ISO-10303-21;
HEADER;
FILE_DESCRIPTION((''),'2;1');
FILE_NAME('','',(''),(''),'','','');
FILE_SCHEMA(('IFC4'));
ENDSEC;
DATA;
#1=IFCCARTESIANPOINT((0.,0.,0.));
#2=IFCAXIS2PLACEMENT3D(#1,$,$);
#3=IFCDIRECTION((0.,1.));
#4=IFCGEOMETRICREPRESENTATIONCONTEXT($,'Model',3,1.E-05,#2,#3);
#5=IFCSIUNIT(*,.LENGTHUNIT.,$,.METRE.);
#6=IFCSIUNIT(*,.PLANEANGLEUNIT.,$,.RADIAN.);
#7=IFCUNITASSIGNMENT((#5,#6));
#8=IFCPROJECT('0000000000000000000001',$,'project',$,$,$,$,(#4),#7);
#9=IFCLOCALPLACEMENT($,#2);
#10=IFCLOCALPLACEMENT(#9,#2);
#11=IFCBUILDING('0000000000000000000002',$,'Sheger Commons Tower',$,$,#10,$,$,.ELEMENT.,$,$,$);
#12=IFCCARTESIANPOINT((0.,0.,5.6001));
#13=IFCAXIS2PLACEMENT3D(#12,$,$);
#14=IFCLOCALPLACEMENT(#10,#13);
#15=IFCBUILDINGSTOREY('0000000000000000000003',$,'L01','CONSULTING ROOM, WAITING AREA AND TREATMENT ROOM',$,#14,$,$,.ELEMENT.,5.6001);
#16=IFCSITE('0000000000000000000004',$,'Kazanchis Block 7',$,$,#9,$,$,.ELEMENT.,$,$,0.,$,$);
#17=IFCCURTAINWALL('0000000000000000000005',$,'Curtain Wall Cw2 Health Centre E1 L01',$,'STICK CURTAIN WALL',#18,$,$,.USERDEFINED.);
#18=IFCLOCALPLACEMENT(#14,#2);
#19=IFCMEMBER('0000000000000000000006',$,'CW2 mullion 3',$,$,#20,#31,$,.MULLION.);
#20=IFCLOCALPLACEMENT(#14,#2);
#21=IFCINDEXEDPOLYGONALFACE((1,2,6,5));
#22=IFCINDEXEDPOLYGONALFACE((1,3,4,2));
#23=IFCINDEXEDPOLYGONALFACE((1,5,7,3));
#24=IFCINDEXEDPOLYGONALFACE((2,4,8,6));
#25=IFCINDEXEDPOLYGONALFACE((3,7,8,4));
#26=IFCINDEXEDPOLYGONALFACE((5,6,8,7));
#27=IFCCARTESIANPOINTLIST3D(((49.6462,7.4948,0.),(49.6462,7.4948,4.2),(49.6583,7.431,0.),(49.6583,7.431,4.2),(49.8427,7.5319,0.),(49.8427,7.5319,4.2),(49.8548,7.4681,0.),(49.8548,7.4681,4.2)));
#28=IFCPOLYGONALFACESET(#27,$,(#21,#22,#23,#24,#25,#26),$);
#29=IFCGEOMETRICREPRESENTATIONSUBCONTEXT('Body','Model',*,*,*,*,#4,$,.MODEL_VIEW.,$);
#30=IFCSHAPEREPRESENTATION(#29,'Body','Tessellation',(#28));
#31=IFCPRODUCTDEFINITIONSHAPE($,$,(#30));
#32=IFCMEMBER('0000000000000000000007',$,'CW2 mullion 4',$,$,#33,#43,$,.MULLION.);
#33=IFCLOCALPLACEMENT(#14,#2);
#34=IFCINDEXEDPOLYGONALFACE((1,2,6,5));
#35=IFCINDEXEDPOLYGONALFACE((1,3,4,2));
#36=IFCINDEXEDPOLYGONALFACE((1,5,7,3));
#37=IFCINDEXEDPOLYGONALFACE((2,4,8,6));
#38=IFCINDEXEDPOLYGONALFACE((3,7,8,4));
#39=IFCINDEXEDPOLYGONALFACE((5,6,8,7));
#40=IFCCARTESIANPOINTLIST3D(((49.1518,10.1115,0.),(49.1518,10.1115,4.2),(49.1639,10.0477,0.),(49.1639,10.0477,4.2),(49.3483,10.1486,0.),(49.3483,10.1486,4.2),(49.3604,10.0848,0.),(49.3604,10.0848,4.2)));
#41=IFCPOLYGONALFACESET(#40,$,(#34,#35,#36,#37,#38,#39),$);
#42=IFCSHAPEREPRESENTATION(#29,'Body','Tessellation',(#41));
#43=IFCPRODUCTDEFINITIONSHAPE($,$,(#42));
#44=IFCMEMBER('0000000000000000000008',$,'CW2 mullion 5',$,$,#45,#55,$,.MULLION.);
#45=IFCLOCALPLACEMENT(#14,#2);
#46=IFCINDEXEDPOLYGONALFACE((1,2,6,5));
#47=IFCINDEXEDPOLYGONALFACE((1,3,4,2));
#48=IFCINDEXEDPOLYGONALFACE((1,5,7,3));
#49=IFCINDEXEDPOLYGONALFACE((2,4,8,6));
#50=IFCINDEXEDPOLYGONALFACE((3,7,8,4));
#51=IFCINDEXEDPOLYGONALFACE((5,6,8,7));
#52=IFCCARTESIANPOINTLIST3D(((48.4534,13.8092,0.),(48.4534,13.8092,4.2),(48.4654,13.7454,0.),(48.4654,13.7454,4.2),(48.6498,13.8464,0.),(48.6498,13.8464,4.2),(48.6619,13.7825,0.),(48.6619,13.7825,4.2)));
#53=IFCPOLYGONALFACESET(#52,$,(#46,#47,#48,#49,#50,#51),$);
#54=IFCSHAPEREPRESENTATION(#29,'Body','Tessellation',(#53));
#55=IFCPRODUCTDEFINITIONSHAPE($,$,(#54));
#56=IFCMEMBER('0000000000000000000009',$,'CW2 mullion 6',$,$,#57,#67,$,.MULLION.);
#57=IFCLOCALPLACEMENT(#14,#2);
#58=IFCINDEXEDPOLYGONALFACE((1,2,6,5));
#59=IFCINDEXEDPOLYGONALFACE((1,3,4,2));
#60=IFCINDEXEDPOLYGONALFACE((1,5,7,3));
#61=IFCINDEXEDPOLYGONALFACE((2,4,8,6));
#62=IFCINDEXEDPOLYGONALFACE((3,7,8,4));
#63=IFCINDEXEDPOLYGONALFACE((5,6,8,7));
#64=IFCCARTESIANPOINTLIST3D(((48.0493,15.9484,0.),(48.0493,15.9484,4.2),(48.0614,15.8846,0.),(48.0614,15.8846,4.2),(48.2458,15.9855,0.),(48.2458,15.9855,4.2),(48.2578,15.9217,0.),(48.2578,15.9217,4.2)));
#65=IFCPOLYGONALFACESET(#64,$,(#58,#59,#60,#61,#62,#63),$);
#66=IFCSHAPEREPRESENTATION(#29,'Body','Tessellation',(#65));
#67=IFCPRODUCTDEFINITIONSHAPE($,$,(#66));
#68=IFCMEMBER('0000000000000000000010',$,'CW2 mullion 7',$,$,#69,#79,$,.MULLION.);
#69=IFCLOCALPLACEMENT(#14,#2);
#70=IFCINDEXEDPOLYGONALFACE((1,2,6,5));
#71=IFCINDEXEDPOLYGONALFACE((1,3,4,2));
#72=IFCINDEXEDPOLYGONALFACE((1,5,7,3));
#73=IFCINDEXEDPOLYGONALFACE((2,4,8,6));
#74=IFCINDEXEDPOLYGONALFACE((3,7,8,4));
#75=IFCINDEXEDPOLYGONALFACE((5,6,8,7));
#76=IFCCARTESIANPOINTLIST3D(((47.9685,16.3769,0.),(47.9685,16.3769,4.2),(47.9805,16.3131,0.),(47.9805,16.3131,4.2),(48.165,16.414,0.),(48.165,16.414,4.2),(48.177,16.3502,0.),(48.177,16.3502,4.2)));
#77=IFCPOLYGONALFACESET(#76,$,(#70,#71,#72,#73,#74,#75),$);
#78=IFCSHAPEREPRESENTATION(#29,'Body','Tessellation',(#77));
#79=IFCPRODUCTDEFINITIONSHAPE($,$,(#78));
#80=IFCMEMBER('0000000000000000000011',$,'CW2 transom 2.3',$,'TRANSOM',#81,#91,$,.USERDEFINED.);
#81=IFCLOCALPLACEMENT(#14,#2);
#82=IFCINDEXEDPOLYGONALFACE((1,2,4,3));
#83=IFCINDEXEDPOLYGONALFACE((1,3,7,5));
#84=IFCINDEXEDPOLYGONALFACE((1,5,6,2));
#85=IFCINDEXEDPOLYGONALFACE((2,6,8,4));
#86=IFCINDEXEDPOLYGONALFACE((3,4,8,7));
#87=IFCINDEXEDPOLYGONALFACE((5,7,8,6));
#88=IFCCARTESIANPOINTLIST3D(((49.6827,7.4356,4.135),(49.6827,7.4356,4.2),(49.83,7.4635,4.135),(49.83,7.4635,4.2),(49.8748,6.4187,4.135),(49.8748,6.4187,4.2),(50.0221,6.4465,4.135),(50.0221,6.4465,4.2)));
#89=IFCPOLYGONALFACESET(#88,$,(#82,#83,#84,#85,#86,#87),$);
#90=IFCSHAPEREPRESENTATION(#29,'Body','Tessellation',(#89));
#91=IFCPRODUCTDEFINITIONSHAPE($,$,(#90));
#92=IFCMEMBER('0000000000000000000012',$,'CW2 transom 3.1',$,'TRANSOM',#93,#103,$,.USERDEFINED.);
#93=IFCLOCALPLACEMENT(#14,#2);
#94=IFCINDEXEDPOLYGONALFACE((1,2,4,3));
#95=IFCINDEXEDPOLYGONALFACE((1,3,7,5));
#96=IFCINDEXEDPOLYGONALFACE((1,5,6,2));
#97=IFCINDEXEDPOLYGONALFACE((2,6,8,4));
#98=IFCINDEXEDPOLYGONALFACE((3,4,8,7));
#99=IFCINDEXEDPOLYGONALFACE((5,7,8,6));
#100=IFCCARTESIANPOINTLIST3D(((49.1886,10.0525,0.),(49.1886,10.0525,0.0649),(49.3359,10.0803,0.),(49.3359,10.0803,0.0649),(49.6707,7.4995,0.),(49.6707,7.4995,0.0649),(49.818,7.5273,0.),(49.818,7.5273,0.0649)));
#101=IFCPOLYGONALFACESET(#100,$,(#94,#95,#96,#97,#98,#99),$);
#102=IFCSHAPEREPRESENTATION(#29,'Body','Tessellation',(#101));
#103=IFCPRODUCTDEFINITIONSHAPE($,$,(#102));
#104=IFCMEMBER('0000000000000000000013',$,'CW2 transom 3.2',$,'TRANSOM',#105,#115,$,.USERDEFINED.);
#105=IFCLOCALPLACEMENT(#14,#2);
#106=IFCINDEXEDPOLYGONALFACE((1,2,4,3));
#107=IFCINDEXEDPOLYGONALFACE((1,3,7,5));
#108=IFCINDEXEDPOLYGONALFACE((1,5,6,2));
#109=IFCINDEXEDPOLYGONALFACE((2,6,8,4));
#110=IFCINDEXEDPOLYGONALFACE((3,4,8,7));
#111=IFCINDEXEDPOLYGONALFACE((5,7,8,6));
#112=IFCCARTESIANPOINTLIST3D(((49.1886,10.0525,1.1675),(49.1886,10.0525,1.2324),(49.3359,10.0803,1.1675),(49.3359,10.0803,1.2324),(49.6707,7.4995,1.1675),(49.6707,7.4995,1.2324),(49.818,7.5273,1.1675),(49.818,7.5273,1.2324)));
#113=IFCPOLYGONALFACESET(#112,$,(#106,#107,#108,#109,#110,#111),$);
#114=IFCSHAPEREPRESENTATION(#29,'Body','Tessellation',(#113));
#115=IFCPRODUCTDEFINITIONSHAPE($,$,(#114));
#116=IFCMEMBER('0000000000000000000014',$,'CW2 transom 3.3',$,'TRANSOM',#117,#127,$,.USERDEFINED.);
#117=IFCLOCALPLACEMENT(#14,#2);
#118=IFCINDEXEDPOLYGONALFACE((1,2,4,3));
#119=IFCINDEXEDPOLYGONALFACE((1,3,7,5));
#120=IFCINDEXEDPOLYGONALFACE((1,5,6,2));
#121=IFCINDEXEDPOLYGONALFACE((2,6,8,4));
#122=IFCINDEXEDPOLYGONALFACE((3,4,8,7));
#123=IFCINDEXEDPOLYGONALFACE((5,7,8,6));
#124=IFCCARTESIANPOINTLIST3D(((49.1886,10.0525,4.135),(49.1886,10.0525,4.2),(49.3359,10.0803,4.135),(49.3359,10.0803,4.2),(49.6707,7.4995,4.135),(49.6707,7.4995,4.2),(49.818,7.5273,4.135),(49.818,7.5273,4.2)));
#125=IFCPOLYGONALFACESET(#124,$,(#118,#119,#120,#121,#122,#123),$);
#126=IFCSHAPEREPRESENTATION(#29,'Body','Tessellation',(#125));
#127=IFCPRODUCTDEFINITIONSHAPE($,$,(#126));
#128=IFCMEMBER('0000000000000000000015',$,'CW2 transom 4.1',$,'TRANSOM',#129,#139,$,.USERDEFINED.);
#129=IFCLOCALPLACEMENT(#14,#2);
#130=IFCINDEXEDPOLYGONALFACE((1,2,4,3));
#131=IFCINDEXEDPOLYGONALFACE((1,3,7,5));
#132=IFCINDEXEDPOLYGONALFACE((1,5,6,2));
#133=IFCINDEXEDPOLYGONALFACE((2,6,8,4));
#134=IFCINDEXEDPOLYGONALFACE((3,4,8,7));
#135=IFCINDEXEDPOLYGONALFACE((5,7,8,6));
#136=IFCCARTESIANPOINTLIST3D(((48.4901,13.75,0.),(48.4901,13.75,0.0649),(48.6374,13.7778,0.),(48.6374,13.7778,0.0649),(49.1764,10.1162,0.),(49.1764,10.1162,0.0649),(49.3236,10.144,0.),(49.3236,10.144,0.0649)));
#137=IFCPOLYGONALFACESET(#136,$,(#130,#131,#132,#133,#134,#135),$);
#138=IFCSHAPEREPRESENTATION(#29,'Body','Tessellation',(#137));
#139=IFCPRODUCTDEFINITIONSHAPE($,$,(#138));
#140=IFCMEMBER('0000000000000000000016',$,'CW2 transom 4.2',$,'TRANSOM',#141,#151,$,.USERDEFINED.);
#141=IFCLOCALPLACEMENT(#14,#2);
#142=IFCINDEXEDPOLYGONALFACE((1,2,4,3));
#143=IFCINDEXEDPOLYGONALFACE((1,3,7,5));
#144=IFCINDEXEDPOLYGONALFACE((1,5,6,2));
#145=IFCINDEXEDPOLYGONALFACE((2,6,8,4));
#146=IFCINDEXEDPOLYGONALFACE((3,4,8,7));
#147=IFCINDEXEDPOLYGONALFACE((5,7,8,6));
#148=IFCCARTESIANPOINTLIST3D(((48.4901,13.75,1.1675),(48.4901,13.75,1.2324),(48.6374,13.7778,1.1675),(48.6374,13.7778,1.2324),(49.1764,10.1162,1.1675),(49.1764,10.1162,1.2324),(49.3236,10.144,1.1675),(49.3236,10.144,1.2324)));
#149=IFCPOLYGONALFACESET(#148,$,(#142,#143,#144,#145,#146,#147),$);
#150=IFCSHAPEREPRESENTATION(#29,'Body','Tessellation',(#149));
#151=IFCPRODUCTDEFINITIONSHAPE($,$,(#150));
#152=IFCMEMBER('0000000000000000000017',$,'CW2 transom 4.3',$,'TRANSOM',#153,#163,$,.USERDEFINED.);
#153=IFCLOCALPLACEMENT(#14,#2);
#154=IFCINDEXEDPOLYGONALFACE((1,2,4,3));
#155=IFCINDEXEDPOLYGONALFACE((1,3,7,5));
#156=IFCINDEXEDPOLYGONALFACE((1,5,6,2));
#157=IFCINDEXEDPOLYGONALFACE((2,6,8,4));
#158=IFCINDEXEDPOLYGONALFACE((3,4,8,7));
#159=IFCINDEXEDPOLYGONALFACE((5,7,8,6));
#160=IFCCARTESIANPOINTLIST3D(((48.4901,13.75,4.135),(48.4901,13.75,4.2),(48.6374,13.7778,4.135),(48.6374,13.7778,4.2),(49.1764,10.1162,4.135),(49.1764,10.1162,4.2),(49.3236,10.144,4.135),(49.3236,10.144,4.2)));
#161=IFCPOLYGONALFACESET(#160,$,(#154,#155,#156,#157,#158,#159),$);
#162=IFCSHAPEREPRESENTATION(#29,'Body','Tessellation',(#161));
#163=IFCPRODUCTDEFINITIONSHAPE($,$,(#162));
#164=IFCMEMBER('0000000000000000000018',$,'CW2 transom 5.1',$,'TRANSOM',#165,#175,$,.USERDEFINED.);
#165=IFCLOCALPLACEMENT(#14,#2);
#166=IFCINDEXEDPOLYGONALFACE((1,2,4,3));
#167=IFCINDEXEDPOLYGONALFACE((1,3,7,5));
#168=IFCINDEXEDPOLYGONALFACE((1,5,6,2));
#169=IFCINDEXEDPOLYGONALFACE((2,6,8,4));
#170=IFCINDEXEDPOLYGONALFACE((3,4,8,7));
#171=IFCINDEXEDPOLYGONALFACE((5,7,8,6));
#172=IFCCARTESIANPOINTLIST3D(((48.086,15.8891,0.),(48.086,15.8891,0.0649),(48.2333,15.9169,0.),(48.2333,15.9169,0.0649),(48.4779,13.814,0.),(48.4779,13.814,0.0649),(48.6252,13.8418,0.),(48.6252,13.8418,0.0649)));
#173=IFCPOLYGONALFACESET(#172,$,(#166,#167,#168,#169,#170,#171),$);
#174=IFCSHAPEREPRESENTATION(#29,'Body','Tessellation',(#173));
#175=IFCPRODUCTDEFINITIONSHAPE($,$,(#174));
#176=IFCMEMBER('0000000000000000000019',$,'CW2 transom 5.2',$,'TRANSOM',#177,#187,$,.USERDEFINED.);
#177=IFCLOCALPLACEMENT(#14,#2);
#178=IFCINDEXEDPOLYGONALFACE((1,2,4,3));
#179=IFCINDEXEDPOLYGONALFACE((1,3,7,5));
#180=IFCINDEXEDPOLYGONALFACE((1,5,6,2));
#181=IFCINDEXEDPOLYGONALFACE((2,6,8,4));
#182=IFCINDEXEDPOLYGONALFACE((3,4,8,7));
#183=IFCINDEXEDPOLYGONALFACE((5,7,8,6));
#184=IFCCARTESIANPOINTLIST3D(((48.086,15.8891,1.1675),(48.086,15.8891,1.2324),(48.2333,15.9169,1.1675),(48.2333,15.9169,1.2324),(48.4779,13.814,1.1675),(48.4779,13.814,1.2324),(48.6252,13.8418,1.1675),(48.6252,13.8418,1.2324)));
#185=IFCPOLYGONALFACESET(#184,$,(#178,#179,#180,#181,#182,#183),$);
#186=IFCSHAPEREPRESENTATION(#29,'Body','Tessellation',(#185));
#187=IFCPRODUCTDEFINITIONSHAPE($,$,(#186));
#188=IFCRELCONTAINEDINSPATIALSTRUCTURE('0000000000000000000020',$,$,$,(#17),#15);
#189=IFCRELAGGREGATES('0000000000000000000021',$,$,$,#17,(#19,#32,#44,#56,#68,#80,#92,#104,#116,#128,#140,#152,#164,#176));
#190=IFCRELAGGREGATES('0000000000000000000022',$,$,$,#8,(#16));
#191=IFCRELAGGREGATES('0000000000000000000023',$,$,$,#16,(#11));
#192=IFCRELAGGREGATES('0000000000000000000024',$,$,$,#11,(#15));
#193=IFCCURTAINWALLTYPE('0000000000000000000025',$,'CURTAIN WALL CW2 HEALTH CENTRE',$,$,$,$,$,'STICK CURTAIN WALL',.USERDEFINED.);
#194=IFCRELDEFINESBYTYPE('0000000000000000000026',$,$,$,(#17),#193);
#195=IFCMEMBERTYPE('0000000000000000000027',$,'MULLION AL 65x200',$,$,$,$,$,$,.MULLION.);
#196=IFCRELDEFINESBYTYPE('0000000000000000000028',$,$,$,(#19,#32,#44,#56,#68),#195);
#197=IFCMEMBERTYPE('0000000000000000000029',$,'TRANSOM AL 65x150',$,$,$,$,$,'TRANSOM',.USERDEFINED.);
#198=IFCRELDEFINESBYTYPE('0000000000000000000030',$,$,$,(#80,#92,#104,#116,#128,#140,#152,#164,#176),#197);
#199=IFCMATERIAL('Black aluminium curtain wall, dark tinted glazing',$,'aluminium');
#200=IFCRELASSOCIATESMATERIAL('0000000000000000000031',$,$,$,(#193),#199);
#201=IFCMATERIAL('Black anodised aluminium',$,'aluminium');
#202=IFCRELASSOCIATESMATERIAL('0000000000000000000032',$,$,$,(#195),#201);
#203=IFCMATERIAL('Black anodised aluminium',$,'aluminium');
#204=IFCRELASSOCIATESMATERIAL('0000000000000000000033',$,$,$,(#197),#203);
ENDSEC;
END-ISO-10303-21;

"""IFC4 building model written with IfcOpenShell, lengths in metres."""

from ifc_helpers import new_model, si_unit, direction, frame, origin, origin_2d, place, context, subcontext, project, spatial, rectangle, extrude, material, material_profile, profile_set, type_object, element, aggregate, save


model = new_model("IFC4")

# Units and contexts
model_context = context("Model", 3, precision=1e-05, world=origin(), true_north=direction((0.0, 1.0)))
body_context = subcontext(model_context, "Body", "Model", "MODEL_VIEW")
ifc_project = project(units=[si_unit("LENGTHUNIT", "METRE"), si_unit("PLANEANGLEUNIT", "RADIAN")], contexts=[model_context])

# Site, building, storey
site_placement = place(None, origin())
site = spatial("IfcSite", under=ifc_project, at=site_placement, Name="Kazanchis Block 7", CompositionType="ELEMENT", RefElevation=0.0)
building_placement = place(site_placement, origin())
building = spatial("IfcBuilding", under=site, at=building_placement, Name="Sheger Commons Tower", CompositionType="ELEMENT")
storey_placement = place(building_placement, frame((0.0, 0.0, 5.6001)))
storey = spatial("IfcBuildingStorey", under=building, at=storey_placement, Name="L01", Description="CONSULTING ROOM, WAITING AREA AND TREATMENT ROOM", CompositionType="ELEMENT", Elevation=5.6001)

# Curtain wall, members
ifc_material_1 = material(Name="Black aluminium curtain wall, dark tinted glazing", Category="aluminium")
curtain_wall_type = type_object("IfcCurtainWallType", Name="CURTAIN WALL CW2 HEALTH CENTRE", ElementType="STICK CURTAIN WALL", PredefinedType="USERDEFINED", material=ifc_material_1)
curtain_wall_placement = place(storey_placement, origin())
curtain_wall = element("IfcCurtainWall", 1, at=curtain_wall_placement, inside=storey, type_object=curtain_wall_type, Name="Curtain Wall Cw2 Health Centre E1 L01", ObjectType="STICK CURTAIN WALL", PredefinedType="USERDEFINED")
ifc_material_2 = material(Name="Black anodised aluminium", Category="aluminium")
ifc_material_profile_1 = material_profile(ifc_material_2, rectangle(XDim=0.2, YDim=0.0649, at=origin_2d()), Name="AL 65x200")
ifc_profile_set_1 = profile_set([ifc_material_profile_1], Name="Black anodised aluminium")
member_type_1 = type_object("IfcMemberType", Name="MULLION AL 65x200", PredefinedType="MULLION", material=ifc_profile_set_1)
member_1_placement = place(storey_placement, frame((49.7505, 7.4814, 0.0), z_axis=(0.0, 0.0, 1.0), x_axis=(-0.982624, -0.18561, 0.0)))
member_1 = element("IfcMember", 2, at=member_1_placement, type_object=member_type_1, Name="CW2 mullion 3", PredefinedType="MULLION", context=body_context, shape_type="SweptSolid", body=[
    extrude(rectangle(XDim=0.2, YDim=0.0649, at=origin_2d()), origin(), (0.0, 0.0, 1.0), 4.2),
])
member_2_placement = place(storey_placement, frame((49.2561, 10.0981, 0.0), z_axis=(0.0, 0.0, 1.0), x_axis=(-0.982624, -0.18561, 0.0)))
member_2 = element("IfcMember", 3, at=member_2_placement, type_object=member_type_1, Name="CW2 mullion 4", PredefinedType="MULLION", context=body_context, shape_type="SweptSolid", body=[
    extrude(rectangle(XDim=0.2, YDim=0.0649, at=origin_2d()), origin(), (0.0, 0.0, 1.0), 4.2),
])
member_3_placement = place(storey_placement, frame((48.5576, 13.7959, 0.0), z_axis=(0.0, 0.0, 1.0), x_axis=(-0.982624, -0.18561, 0.0)))
member_3 = element("IfcMember", 4, at=member_3_placement, type_object=member_type_1, Name="CW2 mullion 5", PredefinedType="MULLION", context=body_context, shape_type="SweptSolid", body=[
    extrude(rectangle(XDim=0.2, YDim=0.0649, at=origin_2d()), origin(), (0.0, 0.0, 1.0), 4.2),
])
member_4_placement = place(storey_placement, frame((48.1536, 15.9351, 0.0), z_axis=(0.0, 0.0, 1.0), x_axis=(-0.982624, -0.18561, 0.0)))
member_4 = element("IfcMember", 5, at=member_4_placement, type_object=member_type_1, Name="CW2 mullion 6", PredefinedType="MULLION", context=body_context, shape_type="SweptSolid", body=[
    extrude(rectangle(XDim=0.2, YDim=0.0649, at=origin_2d()), origin(), (0.0, 0.0, 1.0), 4.2),
])
member_5_placement = place(storey_placement, frame((48.0728, 16.3635, 0.0), z_axis=(0.0, 0.0, 1.0), x_axis=(-0.982624, -0.18561, 0.0)))
member_5 = element("IfcMember", 6, at=member_5_placement, type_object=member_type_1, Name="CW2 mullion 7", PredefinedType="MULLION", context=body_context, shape_type="SweptSolid", body=[
    extrude(rectangle(XDim=0.2, YDim=0.0649, at=origin_2d()), origin(), (0.0, 0.0, 1.0), 4.2),
])
ifc_material_3 = material(Name="Black anodised aluminium", Category="aluminium")
ifc_material_profile_2 = material_profile(ifc_material_3, rectangle(XDim=0.1499, YDim=0.0649, at=origin_2d()), Name="AL 65x150")
ifc_profile_set_2 = profile_set([ifc_material_profile_2], Name="Black anodised aluminium")
member_type_2 = type_object("IfcMemberType", Name="TRANSOM AL 65x150", ElementType="TRANSOM", PredefinedType="USERDEFINED", material=ifc_profile_set_2)
member_6_placement = place(storey_placement, frame((49.9485, 6.4326, 4.1675), z_axis=(-0.18567, 0.982612, 0.0), x_axis=(-0.982612, -0.18567, 0.0)))
member_6 = element("IfcMember", 7, at=member_6_placement, type_object=member_type_2, Name="CW2 transom 2.3", ObjectType="TRANSOM", PredefinedType="USERDEFINED", context=body_context, shape_type="SweptSolid", body=[
    extrude(rectangle(XDim=0.1499, YDim=0.0649, at=origin_2d()), origin(), (0.0, 0.0, 1.0), 1.0349),
])
member_7_placement = place(storey_placement, frame((49.7444, 7.5134, 0.0325), z_axis=(-0.185588, 0.982628, 0.0), x_axis=(-0.982628, -0.185588, 0.0)))
member_7 = element("IfcMember", 8, at=member_7_placement, type_object=member_type_2, Name="CW2 transom 3.1", ObjectType="TRANSOM", PredefinedType="USERDEFINED", context=body_context, shape_type="SweptSolid", body=[
    extrude(rectangle(XDim=0.1499, YDim=0.0649, at=origin_2d()), origin(), (0.0, 0.0, 1.0), 2.5981),
])
member_8_placement = place(storey_placement, frame((49.7444, 7.5134, 1.2), z_axis=(-0.185588, 0.982628, 0.0), x_axis=(-0.982628, -0.185588, 0.0)))
member_8 = element("IfcMember", 9, at=member_8_placement, type_object=member_type_2, Name="CW2 transom 3.2", ObjectType="TRANSOM", PredefinedType="USERDEFINED", context=body_context, shape_type="SweptSolid", body=[
    extrude(rectangle(XDim=0.1499, YDim=0.0649, at=origin_2d()), origin(), (0.0, 0.0, 1.0), 2.5981),
])
member_9_placement = place(storey_placement, frame((49.7444, 7.5134, 4.1675), z_axis=(-0.185588, 0.982628, 0.0), x_axis=(-0.982628, -0.185588, 0.0)))
member_9 = element("IfcMember", 10, at=member_9_placement, type_object=member_type_2, Name="CW2 transom 3.3", ObjectType="TRANSOM", PredefinedType="USERDEFINED", context=body_context, shape_type="SweptSolid", body=[
    extrude(rectangle(XDim=0.1499, YDim=0.0649, at=origin_2d()), origin(), (0.0, 0.0, 1.0), 2.5981),
])
member_10_placement = place(storey_placement, frame((49.25, 10.1301, 0.0325), z_axis=(-0.18558, 0.982629, 0.0), x_axis=(-0.982629, -0.18558, 0.0)))
member_10 = element("IfcMember", 11, at=member_10_placement, type_object=member_type_2, Name="CW2 transom 4.1", ObjectType="TRANSOM", PredefinedType="USERDEFINED", context=body_context, shape_type="SweptSolid", body=[
    extrude(rectangle(XDim=0.1499, YDim=0.0649, at=origin_2d()), origin(), (0.0, 0.0, 1.0), 3.698),
])
member_11_placement = place(storey_placement, frame((49.25, 10.1301, 1.2), z_axis=(-0.18558, 0.982629, 0.0), x_axis=(-0.982629, -0.18558, 0.0)))
member_11 = element("IfcMember", 12, at=member_11_placement, type_object=member_type_2, Name="CW2 transom 4.2", ObjectType="TRANSOM", PredefinedType="USERDEFINED", context=body_context, shape_type="SweptSolid", body=[
    extrude(rectangle(XDim=0.1499, YDim=0.0649, at=origin_2d()), origin(), (0.0, 0.0, 1.0), 3.698),
])
member_12_placement = place(storey_placement, frame((49.25, 10.1301, 4.1675), z_axis=(-0.18558, 0.982629, 0.0), x_axis=(-0.982629, -0.18558, 0.0)))
member_12 = element("IfcMember", 13, at=member_12_placement, type_object=member_type_2, Name="CW2 transom 4.3", ObjectType="TRANSOM", PredefinedType="USERDEFINED", context=body_context, shape_type="SweptSolid", body=[
    extrude(rectangle(XDim=0.1499, YDim=0.0649, at=origin_2d()), origin(), (0.0, 0.0, 1.0), 3.698),
])
member_13_placement = place(storey_placement, frame((48.5515, 13.8279, 0.0325), z_axis=(-0.185545, 0.982636, 0.0), x_axis=(-0.982636, -0.185545, 0.0)))
member_13 = element("IfcMember", 14, at=member_13_placement, type_object=member_type_2, Name="CW2 transom 5.1", ObjectType="TRANSOM", PredefinedType="USERDEFINED", context=body_context, shape_type="SweptSolid", body=[
    extrude(rectangle(XDim=0.1499, YDim=0.0649, at=origin_2d()), origin(), (0.0, 0.0, 1.0), 2.1118),
])
member_14_placement = place(storey_placement, frame((48.5515, 13.8279, 1.2), z_axis=(-0.185545, 0.982636, 0.0), x_axis=(-0.982636, -0.185545, 0.0)))
member_14 = element("IfcMember", 15, at=member_14_placement, type_object=member_type_2, Name="CW2 transom 5.2", ObjectType="TRANSOM", PredefinedType="USERDEFINED", context=body_context, shape_type="SweptSolid", body=[
    extrude(rectangle(XDim=0.1499, YDim=0.0649, at=origin_2d()), origin(), (0.0, 0.0, 1.0), 2.1118),
])
aggregate(curtain_wall, [member_1, member_2, member_3, member_4, member_5, member_6, member_7, member_8, member_9, member_10, member_11, member_12, member_13, member_14])

save(model, "model.ifc")
